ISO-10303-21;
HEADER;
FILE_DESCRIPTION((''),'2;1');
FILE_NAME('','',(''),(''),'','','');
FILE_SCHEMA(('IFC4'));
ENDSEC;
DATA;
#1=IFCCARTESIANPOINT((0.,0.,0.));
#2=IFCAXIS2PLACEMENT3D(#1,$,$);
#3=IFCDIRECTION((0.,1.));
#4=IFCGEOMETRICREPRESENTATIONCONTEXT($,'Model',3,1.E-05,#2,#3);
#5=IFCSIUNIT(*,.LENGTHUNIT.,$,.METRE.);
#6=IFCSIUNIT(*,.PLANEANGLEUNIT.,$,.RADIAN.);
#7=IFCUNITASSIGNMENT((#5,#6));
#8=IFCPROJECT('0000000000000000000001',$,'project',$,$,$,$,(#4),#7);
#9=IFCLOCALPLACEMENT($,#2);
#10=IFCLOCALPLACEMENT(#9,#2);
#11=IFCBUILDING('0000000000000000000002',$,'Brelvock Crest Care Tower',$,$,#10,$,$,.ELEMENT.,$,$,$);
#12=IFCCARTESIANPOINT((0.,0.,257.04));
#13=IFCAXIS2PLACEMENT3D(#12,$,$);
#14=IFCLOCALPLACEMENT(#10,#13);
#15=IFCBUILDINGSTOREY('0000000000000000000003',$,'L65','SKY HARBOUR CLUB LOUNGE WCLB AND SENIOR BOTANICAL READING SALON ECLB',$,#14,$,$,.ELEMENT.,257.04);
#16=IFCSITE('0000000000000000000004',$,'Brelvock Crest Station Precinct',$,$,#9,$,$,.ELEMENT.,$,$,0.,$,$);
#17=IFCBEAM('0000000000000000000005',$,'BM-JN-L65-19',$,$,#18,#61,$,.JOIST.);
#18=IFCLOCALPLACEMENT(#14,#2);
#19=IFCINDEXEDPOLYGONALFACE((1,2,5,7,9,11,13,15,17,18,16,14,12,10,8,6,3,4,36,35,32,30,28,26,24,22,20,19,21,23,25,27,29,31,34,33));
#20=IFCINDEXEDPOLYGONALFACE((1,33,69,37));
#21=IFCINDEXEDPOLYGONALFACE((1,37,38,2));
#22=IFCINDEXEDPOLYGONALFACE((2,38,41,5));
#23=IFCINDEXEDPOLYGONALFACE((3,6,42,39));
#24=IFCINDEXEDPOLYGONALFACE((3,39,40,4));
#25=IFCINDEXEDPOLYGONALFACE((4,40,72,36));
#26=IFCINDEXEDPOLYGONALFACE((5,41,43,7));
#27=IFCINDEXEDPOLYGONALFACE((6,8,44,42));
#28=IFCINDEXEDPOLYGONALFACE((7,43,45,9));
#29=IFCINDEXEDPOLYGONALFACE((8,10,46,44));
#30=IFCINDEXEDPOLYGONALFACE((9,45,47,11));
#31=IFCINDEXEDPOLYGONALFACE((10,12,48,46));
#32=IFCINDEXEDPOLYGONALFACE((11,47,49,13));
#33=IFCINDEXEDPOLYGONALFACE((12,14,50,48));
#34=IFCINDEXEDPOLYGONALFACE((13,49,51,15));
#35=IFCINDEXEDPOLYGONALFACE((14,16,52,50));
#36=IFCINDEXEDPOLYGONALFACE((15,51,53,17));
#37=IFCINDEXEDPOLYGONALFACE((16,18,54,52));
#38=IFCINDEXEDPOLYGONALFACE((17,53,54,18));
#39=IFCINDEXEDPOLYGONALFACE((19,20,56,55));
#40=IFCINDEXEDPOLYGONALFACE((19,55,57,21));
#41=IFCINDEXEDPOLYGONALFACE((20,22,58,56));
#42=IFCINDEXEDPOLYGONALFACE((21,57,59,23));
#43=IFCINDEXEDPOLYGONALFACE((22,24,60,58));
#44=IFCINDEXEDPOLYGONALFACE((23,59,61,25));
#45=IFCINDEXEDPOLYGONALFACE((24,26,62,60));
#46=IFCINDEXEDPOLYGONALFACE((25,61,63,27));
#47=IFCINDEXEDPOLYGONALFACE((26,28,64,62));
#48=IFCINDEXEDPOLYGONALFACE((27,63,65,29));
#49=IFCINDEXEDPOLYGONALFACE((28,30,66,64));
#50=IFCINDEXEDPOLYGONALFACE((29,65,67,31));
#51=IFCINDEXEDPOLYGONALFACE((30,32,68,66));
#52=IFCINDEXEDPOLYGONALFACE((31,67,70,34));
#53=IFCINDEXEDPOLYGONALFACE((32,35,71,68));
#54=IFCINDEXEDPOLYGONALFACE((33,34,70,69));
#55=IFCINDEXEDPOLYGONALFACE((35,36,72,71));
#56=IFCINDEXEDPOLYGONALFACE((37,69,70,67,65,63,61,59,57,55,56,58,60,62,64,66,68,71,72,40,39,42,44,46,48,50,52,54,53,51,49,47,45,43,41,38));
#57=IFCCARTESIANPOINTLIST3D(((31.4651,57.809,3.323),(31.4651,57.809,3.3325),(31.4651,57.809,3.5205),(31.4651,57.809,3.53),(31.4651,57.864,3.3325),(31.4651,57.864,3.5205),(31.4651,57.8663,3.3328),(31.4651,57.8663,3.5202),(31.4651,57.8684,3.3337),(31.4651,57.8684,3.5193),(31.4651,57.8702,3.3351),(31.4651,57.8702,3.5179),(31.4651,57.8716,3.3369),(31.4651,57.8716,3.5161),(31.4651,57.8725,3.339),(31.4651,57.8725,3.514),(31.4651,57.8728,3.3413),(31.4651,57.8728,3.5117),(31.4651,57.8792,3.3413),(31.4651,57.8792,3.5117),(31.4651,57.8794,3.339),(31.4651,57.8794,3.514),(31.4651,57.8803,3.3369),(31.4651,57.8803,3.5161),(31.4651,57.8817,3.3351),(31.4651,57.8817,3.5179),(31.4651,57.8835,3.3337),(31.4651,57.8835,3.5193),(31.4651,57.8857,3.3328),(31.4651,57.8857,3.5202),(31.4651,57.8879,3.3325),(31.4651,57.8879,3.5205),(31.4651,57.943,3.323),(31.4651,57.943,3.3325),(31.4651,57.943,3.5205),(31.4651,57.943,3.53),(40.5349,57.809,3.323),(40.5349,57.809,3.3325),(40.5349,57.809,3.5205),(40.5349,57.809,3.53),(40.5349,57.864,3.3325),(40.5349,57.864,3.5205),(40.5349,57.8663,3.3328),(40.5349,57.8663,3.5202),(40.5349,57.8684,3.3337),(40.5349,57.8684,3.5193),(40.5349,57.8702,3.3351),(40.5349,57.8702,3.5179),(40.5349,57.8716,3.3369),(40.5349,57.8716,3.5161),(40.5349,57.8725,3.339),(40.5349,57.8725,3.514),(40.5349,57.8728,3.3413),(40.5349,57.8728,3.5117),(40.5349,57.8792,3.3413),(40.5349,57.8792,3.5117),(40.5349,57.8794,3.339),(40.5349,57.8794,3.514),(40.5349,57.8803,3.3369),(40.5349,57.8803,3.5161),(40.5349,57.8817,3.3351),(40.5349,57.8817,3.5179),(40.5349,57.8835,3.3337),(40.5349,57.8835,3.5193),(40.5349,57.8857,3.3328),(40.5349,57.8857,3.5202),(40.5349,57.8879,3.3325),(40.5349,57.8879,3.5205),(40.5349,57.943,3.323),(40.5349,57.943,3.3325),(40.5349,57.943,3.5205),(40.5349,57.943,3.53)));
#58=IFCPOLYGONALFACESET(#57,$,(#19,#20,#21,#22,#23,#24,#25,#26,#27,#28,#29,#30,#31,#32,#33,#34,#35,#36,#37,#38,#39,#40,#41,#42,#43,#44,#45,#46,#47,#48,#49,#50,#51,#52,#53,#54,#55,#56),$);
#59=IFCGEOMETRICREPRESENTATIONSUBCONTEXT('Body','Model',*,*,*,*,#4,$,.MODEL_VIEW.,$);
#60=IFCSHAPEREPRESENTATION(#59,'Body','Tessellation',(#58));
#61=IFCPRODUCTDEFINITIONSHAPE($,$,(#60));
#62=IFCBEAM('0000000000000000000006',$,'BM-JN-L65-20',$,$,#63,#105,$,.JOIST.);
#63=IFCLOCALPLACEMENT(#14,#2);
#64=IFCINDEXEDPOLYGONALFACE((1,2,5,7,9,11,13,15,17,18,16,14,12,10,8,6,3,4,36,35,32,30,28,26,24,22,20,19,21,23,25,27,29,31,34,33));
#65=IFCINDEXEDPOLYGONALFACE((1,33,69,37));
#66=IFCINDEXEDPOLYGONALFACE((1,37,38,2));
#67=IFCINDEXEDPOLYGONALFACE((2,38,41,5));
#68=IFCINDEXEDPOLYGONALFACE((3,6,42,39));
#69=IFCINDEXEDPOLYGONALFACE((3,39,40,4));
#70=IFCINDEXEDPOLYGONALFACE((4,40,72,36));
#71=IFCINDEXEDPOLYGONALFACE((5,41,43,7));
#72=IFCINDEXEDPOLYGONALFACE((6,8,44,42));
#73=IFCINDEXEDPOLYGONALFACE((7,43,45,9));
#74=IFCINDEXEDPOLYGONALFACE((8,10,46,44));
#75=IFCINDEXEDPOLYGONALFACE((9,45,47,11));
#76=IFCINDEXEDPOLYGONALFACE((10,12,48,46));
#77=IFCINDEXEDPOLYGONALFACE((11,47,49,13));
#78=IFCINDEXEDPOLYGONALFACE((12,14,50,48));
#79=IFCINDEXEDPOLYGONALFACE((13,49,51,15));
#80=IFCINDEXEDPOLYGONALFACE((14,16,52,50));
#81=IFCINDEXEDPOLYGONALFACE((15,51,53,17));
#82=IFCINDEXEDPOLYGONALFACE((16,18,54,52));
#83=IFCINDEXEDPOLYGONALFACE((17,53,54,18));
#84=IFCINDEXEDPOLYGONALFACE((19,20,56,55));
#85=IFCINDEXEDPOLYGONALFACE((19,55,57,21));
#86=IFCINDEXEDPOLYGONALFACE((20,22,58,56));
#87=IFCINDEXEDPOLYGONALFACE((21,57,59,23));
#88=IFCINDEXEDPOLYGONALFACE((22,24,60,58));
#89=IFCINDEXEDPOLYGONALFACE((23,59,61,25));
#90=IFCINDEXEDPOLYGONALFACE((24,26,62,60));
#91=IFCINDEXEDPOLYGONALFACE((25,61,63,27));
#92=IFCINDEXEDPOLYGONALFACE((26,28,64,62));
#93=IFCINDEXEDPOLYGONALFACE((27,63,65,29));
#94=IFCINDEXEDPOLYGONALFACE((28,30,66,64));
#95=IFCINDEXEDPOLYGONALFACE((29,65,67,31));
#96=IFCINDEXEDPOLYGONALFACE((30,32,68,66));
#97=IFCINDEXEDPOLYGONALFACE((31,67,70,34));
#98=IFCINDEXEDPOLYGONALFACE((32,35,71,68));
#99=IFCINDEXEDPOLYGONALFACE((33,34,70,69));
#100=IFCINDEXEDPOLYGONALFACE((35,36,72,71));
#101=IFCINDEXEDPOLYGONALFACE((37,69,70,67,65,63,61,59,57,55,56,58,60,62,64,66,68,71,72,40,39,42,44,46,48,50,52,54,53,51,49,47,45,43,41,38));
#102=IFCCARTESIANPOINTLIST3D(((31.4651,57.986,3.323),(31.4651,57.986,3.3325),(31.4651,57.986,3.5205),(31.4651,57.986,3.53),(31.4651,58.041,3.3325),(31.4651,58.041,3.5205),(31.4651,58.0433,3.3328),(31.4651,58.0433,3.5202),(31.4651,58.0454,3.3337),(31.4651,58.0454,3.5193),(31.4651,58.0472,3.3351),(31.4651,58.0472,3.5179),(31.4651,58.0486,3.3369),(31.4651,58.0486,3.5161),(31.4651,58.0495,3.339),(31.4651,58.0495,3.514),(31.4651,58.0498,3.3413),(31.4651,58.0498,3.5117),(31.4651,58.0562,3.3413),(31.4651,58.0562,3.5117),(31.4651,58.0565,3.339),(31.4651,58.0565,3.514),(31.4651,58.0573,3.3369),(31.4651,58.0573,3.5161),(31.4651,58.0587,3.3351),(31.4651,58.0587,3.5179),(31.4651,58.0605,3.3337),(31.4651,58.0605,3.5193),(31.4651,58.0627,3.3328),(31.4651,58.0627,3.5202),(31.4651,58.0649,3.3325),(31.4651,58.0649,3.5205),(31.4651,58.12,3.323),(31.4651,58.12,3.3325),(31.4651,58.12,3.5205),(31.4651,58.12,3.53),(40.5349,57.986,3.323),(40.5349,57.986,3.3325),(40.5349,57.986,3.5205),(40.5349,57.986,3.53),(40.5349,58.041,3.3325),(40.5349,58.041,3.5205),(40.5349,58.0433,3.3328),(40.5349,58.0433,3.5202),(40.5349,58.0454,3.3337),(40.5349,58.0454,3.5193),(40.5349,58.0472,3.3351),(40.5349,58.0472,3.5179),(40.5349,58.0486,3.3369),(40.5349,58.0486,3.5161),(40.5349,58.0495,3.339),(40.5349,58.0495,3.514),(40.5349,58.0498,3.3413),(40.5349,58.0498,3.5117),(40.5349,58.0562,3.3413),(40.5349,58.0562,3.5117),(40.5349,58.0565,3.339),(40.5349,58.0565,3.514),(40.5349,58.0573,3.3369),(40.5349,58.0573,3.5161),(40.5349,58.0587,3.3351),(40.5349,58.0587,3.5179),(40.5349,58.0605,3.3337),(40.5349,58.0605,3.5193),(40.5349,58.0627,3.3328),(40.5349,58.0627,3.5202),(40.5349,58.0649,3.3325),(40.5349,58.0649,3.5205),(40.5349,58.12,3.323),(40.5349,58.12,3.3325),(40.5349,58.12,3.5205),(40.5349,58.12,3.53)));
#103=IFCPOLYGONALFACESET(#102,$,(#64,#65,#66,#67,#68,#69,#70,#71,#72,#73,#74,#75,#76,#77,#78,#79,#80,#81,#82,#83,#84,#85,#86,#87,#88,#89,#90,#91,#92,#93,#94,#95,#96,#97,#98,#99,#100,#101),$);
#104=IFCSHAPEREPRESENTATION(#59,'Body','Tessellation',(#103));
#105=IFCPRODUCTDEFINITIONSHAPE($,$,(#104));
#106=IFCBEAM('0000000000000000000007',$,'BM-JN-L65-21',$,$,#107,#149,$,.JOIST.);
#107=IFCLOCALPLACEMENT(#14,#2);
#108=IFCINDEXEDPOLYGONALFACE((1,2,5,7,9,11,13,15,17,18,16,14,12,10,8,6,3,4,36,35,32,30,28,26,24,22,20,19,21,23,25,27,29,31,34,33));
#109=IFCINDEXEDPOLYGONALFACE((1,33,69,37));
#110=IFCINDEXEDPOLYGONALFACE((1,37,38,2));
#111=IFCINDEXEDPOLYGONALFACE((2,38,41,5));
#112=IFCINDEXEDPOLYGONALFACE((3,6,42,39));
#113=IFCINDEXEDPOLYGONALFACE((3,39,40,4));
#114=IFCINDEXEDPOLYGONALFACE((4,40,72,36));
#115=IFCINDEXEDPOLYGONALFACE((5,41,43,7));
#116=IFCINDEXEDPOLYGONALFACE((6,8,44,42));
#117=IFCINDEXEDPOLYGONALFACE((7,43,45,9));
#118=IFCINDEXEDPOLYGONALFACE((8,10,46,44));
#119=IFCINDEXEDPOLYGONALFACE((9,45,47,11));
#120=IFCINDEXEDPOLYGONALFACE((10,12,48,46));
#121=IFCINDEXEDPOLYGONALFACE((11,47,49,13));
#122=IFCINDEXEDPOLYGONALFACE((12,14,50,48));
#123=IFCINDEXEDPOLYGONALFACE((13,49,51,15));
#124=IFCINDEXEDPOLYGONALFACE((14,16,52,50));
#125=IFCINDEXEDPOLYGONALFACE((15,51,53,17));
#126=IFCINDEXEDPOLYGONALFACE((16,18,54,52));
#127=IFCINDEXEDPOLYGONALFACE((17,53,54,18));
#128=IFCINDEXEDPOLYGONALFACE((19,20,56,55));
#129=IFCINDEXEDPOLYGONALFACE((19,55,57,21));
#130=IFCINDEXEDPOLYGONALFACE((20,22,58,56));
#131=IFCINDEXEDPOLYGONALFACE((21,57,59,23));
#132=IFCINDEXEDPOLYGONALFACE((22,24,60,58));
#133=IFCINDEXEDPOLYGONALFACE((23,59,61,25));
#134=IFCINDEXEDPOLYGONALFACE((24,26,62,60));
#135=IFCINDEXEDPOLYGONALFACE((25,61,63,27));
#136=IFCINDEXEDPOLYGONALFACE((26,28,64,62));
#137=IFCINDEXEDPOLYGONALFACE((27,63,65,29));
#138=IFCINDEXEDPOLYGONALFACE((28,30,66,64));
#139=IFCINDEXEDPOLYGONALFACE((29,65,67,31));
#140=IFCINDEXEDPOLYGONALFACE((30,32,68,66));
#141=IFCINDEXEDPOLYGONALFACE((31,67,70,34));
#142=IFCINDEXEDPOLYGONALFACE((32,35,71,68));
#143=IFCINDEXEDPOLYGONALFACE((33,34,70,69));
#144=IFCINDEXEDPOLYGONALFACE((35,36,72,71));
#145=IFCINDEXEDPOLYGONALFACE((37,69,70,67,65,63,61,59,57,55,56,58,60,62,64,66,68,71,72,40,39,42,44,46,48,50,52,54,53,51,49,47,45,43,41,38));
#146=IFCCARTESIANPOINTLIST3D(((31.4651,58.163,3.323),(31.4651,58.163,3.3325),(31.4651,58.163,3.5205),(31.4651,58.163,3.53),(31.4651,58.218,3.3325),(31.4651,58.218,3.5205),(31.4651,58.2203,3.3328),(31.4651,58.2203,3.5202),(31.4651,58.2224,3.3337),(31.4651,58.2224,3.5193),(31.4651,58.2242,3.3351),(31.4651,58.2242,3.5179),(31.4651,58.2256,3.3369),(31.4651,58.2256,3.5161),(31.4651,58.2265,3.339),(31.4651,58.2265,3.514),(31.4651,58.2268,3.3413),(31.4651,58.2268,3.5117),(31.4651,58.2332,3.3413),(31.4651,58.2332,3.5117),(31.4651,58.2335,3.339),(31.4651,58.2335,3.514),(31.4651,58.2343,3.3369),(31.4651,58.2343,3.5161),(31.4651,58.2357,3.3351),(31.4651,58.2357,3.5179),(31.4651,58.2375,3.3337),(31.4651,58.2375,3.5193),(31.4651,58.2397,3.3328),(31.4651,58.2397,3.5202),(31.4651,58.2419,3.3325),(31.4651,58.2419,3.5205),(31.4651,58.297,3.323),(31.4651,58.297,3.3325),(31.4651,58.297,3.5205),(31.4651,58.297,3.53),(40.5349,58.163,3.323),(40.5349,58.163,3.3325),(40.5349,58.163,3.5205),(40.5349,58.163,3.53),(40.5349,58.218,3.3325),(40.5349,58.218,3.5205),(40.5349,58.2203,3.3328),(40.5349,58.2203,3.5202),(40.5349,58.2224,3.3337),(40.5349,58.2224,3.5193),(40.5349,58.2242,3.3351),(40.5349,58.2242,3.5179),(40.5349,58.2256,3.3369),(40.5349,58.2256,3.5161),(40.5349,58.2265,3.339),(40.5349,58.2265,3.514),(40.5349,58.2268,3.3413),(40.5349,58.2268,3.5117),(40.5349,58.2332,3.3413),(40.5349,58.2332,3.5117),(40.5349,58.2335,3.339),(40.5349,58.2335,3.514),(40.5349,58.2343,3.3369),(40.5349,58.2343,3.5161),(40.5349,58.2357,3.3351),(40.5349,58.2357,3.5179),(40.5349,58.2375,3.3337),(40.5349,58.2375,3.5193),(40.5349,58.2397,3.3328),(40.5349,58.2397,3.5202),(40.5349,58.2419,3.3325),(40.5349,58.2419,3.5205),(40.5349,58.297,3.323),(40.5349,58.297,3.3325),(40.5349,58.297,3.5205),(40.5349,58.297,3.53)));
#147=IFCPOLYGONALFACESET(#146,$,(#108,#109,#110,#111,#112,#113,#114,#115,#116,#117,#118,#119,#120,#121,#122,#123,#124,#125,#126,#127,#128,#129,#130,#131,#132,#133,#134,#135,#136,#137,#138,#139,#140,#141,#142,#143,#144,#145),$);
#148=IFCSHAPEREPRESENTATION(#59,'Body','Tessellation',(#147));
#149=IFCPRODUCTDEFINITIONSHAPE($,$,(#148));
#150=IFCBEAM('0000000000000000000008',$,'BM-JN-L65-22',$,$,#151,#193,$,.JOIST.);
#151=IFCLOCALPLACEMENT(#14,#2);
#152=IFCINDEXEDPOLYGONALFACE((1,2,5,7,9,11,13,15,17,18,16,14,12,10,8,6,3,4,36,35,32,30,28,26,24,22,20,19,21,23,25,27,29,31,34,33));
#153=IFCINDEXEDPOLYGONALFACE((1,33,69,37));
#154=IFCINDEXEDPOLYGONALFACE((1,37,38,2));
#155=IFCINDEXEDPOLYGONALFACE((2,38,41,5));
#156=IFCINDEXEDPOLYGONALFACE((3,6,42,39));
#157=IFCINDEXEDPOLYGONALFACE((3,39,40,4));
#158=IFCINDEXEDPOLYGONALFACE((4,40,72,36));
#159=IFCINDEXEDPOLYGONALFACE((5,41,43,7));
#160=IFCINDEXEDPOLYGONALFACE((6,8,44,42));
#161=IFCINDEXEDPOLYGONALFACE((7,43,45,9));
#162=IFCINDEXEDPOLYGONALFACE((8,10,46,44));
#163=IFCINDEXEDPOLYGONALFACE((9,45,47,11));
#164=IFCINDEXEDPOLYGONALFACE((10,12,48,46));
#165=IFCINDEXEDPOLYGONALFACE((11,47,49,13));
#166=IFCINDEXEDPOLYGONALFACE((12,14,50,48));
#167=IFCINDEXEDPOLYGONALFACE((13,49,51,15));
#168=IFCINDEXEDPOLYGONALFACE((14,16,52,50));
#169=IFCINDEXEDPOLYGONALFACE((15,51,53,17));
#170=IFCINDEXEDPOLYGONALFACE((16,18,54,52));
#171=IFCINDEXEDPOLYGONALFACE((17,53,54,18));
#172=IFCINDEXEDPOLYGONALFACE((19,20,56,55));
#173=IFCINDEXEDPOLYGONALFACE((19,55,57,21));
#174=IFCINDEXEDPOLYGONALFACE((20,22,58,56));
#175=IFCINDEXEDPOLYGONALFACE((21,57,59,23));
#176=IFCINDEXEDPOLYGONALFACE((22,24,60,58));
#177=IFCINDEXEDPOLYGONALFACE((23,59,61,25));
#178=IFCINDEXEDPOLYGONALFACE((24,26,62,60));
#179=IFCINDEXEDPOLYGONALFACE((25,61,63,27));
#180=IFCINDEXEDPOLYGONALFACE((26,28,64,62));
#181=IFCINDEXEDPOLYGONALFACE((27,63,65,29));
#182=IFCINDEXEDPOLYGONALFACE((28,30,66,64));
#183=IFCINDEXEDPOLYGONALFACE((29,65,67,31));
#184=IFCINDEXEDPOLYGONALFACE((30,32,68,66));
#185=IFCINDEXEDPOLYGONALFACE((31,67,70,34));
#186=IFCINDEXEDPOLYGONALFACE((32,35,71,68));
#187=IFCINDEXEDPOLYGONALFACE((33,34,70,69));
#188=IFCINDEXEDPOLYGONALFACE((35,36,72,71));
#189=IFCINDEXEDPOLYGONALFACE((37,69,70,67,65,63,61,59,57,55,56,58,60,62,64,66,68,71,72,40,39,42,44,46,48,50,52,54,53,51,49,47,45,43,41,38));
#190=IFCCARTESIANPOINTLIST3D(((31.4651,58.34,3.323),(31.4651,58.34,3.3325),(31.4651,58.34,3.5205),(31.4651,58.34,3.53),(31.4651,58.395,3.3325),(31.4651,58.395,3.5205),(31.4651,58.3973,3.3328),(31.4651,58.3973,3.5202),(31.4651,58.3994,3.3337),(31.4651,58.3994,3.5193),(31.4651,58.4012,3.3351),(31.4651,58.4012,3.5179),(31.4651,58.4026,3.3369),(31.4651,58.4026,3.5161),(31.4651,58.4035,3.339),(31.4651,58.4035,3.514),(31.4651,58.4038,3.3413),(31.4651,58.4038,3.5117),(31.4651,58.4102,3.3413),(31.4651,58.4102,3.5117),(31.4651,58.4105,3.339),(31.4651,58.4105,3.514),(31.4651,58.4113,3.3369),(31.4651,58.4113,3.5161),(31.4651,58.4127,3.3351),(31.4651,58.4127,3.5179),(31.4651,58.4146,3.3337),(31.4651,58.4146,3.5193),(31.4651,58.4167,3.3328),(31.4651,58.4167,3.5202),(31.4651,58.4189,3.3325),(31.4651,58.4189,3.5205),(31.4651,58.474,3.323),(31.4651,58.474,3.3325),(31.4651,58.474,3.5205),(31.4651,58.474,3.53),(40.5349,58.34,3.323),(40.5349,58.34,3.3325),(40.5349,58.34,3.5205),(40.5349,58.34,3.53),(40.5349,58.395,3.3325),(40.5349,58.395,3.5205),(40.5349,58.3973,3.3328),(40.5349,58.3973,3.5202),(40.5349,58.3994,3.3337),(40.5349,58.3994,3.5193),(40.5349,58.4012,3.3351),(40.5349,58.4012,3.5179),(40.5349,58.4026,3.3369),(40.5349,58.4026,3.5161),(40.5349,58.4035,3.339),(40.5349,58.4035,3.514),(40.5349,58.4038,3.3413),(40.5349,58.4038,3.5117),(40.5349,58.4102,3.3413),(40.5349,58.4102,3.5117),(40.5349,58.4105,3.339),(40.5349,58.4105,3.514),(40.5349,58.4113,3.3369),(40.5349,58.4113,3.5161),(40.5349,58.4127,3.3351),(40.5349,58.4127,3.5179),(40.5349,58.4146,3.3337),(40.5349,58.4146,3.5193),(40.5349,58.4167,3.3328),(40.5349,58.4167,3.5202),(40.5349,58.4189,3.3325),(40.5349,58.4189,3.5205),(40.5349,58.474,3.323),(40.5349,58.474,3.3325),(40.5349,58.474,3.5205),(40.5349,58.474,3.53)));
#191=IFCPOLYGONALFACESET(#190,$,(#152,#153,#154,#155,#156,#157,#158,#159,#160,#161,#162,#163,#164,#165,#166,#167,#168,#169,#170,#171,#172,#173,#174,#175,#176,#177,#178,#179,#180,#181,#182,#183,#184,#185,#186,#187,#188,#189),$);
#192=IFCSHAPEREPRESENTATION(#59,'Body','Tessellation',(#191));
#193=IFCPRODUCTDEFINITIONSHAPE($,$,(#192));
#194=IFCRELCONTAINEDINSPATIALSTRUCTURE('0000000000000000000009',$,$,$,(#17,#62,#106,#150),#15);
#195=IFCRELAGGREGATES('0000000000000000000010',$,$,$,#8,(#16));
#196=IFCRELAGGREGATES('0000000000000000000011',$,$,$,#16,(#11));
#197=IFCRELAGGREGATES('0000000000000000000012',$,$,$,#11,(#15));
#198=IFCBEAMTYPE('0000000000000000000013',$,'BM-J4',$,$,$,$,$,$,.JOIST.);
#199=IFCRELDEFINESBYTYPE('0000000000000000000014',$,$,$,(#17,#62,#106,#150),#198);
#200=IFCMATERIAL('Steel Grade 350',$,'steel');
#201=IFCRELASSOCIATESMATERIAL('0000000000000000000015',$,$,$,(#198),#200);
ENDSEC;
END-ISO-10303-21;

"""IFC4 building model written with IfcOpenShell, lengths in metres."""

from ifc_helpers import new_model, si_unit, direction, frame, origin, origin_2d, place, context, subcontext, project, spatial, i_section, extrude, source, transform, mapped, material, material_profile, profile_set, type_object, element, save


model = new_model("IFC4")

# Units and contexts
model_context = context("Model", 3, precision=1e-05, world=origin(), true_north=direction((0.0, 1.0)))
body_context = subcontext(model_context, "Body", "Model", "MODEL_VIEW")
ifc_project = project(units=[si_unit("LENGTHUNIT", "METRE"), si_unit("PLANEANGLEUNIT", "RADIAN")], contexts=[model_context])

# Site, building, storey
site_placement = place(None, origin())
site = spatial("IfcSite", under=ifc_project, at=site_placement, Name="Brelvock Crest Station Precinct", CompositionType="ELEMENT", RefElevation=0.0)
building_placement = place(site_placement, origin())
building = spatial("IfcBuilding", under=site, at=building_placement, Name="Brelvock Crest Care Tower", CompositionType="ELEMENT")
storey_placement = place(building_placement, frame((0.0, 0.0, 257.04)))
storey = spatial("IfcBuildingStorey", under=building, at=storey_placement, Name="L65", Description="SKY HARBOUR CLUB LOUNGE WCLB AND SENIOR BOTANICAL READING SALON ECLB", CompositionType="ELEMENT", Elevation=257.04)

# Beams
ifc_material_1 = material(Name="Steel Grade 350", Category="steel")
ifc_material_profile_1 = material_profile(ifc_material_1, i_section(OverallWidth=0.134, OverallDepth=0.207, WebThickness=0.0063, FlangeThickness=0.0095, FilletRadius=0.0088, at=origin_2d()), Name="200UB29.8")
ifc_profile_set_1 = profile_set([ifc_material_profile_1], Name="Steel Grade 350")
beam_type_1 = type_object("IfcBeamType", Name="BM-J4", PredefinedType="JOIST", material=ifc_profile_set_1)
shared_shape_1 = source(origin(), body_context, "Body", "SweptSolid", [
    extrude(i_section(OverallWidth=0.134, OverallDepth=0.207, WebThickness=0.0063, FlangeThickness=0.0095, FilletRadius=0.0088, at=origin_2d()), origin(), (0.0, 0.0, 1.0), 9.0698),
])
for number, where, z_axis, x_axis, name in (
    (1, (31.4651, 57.876, 3.4265), (1.0, 0.0, 0.0), (0.0, 1.0, 0.0), "BM-JN-L65-19"),
    (2, (31.4651, 58.053, 3.4265), (1.0, 0.0, 0.0), (0.0, 1.0, 0.0), "BM-JN-L65-20"),
    (3, (31.4651, 58.23, 3.4265), (1.0, 0.0, 0.0), (0.0, 1.0, 0.0), "BM-JN-L65-21"),
    (4, (31.4651, 58.407, 3.4265), (1.0, 0.0, 0.0), (0.0, 1.0, 0.0), "BM-JN-L65-22"),
):
    element("IfcBeam", number, at=place(storey_placement, frame(where, z_axis=z_axis, x_axis=x_axis)), inside=storey, type_object=beam_type_1, Name=name, PredefinedType="JOIST", context=body_context, shape_type="MappedRepresentation", body=[
        mapped(shared_shape_1, transform((0.0, 0.0, 0.0), x_axis=(1.0, 0.0, 0.0), y_axis=(0.0, 1.0, 0.0), z_axis=(0.0, 0.0, 1.0), scale=1.0)),
    ])

save(model, "model.ifc")
